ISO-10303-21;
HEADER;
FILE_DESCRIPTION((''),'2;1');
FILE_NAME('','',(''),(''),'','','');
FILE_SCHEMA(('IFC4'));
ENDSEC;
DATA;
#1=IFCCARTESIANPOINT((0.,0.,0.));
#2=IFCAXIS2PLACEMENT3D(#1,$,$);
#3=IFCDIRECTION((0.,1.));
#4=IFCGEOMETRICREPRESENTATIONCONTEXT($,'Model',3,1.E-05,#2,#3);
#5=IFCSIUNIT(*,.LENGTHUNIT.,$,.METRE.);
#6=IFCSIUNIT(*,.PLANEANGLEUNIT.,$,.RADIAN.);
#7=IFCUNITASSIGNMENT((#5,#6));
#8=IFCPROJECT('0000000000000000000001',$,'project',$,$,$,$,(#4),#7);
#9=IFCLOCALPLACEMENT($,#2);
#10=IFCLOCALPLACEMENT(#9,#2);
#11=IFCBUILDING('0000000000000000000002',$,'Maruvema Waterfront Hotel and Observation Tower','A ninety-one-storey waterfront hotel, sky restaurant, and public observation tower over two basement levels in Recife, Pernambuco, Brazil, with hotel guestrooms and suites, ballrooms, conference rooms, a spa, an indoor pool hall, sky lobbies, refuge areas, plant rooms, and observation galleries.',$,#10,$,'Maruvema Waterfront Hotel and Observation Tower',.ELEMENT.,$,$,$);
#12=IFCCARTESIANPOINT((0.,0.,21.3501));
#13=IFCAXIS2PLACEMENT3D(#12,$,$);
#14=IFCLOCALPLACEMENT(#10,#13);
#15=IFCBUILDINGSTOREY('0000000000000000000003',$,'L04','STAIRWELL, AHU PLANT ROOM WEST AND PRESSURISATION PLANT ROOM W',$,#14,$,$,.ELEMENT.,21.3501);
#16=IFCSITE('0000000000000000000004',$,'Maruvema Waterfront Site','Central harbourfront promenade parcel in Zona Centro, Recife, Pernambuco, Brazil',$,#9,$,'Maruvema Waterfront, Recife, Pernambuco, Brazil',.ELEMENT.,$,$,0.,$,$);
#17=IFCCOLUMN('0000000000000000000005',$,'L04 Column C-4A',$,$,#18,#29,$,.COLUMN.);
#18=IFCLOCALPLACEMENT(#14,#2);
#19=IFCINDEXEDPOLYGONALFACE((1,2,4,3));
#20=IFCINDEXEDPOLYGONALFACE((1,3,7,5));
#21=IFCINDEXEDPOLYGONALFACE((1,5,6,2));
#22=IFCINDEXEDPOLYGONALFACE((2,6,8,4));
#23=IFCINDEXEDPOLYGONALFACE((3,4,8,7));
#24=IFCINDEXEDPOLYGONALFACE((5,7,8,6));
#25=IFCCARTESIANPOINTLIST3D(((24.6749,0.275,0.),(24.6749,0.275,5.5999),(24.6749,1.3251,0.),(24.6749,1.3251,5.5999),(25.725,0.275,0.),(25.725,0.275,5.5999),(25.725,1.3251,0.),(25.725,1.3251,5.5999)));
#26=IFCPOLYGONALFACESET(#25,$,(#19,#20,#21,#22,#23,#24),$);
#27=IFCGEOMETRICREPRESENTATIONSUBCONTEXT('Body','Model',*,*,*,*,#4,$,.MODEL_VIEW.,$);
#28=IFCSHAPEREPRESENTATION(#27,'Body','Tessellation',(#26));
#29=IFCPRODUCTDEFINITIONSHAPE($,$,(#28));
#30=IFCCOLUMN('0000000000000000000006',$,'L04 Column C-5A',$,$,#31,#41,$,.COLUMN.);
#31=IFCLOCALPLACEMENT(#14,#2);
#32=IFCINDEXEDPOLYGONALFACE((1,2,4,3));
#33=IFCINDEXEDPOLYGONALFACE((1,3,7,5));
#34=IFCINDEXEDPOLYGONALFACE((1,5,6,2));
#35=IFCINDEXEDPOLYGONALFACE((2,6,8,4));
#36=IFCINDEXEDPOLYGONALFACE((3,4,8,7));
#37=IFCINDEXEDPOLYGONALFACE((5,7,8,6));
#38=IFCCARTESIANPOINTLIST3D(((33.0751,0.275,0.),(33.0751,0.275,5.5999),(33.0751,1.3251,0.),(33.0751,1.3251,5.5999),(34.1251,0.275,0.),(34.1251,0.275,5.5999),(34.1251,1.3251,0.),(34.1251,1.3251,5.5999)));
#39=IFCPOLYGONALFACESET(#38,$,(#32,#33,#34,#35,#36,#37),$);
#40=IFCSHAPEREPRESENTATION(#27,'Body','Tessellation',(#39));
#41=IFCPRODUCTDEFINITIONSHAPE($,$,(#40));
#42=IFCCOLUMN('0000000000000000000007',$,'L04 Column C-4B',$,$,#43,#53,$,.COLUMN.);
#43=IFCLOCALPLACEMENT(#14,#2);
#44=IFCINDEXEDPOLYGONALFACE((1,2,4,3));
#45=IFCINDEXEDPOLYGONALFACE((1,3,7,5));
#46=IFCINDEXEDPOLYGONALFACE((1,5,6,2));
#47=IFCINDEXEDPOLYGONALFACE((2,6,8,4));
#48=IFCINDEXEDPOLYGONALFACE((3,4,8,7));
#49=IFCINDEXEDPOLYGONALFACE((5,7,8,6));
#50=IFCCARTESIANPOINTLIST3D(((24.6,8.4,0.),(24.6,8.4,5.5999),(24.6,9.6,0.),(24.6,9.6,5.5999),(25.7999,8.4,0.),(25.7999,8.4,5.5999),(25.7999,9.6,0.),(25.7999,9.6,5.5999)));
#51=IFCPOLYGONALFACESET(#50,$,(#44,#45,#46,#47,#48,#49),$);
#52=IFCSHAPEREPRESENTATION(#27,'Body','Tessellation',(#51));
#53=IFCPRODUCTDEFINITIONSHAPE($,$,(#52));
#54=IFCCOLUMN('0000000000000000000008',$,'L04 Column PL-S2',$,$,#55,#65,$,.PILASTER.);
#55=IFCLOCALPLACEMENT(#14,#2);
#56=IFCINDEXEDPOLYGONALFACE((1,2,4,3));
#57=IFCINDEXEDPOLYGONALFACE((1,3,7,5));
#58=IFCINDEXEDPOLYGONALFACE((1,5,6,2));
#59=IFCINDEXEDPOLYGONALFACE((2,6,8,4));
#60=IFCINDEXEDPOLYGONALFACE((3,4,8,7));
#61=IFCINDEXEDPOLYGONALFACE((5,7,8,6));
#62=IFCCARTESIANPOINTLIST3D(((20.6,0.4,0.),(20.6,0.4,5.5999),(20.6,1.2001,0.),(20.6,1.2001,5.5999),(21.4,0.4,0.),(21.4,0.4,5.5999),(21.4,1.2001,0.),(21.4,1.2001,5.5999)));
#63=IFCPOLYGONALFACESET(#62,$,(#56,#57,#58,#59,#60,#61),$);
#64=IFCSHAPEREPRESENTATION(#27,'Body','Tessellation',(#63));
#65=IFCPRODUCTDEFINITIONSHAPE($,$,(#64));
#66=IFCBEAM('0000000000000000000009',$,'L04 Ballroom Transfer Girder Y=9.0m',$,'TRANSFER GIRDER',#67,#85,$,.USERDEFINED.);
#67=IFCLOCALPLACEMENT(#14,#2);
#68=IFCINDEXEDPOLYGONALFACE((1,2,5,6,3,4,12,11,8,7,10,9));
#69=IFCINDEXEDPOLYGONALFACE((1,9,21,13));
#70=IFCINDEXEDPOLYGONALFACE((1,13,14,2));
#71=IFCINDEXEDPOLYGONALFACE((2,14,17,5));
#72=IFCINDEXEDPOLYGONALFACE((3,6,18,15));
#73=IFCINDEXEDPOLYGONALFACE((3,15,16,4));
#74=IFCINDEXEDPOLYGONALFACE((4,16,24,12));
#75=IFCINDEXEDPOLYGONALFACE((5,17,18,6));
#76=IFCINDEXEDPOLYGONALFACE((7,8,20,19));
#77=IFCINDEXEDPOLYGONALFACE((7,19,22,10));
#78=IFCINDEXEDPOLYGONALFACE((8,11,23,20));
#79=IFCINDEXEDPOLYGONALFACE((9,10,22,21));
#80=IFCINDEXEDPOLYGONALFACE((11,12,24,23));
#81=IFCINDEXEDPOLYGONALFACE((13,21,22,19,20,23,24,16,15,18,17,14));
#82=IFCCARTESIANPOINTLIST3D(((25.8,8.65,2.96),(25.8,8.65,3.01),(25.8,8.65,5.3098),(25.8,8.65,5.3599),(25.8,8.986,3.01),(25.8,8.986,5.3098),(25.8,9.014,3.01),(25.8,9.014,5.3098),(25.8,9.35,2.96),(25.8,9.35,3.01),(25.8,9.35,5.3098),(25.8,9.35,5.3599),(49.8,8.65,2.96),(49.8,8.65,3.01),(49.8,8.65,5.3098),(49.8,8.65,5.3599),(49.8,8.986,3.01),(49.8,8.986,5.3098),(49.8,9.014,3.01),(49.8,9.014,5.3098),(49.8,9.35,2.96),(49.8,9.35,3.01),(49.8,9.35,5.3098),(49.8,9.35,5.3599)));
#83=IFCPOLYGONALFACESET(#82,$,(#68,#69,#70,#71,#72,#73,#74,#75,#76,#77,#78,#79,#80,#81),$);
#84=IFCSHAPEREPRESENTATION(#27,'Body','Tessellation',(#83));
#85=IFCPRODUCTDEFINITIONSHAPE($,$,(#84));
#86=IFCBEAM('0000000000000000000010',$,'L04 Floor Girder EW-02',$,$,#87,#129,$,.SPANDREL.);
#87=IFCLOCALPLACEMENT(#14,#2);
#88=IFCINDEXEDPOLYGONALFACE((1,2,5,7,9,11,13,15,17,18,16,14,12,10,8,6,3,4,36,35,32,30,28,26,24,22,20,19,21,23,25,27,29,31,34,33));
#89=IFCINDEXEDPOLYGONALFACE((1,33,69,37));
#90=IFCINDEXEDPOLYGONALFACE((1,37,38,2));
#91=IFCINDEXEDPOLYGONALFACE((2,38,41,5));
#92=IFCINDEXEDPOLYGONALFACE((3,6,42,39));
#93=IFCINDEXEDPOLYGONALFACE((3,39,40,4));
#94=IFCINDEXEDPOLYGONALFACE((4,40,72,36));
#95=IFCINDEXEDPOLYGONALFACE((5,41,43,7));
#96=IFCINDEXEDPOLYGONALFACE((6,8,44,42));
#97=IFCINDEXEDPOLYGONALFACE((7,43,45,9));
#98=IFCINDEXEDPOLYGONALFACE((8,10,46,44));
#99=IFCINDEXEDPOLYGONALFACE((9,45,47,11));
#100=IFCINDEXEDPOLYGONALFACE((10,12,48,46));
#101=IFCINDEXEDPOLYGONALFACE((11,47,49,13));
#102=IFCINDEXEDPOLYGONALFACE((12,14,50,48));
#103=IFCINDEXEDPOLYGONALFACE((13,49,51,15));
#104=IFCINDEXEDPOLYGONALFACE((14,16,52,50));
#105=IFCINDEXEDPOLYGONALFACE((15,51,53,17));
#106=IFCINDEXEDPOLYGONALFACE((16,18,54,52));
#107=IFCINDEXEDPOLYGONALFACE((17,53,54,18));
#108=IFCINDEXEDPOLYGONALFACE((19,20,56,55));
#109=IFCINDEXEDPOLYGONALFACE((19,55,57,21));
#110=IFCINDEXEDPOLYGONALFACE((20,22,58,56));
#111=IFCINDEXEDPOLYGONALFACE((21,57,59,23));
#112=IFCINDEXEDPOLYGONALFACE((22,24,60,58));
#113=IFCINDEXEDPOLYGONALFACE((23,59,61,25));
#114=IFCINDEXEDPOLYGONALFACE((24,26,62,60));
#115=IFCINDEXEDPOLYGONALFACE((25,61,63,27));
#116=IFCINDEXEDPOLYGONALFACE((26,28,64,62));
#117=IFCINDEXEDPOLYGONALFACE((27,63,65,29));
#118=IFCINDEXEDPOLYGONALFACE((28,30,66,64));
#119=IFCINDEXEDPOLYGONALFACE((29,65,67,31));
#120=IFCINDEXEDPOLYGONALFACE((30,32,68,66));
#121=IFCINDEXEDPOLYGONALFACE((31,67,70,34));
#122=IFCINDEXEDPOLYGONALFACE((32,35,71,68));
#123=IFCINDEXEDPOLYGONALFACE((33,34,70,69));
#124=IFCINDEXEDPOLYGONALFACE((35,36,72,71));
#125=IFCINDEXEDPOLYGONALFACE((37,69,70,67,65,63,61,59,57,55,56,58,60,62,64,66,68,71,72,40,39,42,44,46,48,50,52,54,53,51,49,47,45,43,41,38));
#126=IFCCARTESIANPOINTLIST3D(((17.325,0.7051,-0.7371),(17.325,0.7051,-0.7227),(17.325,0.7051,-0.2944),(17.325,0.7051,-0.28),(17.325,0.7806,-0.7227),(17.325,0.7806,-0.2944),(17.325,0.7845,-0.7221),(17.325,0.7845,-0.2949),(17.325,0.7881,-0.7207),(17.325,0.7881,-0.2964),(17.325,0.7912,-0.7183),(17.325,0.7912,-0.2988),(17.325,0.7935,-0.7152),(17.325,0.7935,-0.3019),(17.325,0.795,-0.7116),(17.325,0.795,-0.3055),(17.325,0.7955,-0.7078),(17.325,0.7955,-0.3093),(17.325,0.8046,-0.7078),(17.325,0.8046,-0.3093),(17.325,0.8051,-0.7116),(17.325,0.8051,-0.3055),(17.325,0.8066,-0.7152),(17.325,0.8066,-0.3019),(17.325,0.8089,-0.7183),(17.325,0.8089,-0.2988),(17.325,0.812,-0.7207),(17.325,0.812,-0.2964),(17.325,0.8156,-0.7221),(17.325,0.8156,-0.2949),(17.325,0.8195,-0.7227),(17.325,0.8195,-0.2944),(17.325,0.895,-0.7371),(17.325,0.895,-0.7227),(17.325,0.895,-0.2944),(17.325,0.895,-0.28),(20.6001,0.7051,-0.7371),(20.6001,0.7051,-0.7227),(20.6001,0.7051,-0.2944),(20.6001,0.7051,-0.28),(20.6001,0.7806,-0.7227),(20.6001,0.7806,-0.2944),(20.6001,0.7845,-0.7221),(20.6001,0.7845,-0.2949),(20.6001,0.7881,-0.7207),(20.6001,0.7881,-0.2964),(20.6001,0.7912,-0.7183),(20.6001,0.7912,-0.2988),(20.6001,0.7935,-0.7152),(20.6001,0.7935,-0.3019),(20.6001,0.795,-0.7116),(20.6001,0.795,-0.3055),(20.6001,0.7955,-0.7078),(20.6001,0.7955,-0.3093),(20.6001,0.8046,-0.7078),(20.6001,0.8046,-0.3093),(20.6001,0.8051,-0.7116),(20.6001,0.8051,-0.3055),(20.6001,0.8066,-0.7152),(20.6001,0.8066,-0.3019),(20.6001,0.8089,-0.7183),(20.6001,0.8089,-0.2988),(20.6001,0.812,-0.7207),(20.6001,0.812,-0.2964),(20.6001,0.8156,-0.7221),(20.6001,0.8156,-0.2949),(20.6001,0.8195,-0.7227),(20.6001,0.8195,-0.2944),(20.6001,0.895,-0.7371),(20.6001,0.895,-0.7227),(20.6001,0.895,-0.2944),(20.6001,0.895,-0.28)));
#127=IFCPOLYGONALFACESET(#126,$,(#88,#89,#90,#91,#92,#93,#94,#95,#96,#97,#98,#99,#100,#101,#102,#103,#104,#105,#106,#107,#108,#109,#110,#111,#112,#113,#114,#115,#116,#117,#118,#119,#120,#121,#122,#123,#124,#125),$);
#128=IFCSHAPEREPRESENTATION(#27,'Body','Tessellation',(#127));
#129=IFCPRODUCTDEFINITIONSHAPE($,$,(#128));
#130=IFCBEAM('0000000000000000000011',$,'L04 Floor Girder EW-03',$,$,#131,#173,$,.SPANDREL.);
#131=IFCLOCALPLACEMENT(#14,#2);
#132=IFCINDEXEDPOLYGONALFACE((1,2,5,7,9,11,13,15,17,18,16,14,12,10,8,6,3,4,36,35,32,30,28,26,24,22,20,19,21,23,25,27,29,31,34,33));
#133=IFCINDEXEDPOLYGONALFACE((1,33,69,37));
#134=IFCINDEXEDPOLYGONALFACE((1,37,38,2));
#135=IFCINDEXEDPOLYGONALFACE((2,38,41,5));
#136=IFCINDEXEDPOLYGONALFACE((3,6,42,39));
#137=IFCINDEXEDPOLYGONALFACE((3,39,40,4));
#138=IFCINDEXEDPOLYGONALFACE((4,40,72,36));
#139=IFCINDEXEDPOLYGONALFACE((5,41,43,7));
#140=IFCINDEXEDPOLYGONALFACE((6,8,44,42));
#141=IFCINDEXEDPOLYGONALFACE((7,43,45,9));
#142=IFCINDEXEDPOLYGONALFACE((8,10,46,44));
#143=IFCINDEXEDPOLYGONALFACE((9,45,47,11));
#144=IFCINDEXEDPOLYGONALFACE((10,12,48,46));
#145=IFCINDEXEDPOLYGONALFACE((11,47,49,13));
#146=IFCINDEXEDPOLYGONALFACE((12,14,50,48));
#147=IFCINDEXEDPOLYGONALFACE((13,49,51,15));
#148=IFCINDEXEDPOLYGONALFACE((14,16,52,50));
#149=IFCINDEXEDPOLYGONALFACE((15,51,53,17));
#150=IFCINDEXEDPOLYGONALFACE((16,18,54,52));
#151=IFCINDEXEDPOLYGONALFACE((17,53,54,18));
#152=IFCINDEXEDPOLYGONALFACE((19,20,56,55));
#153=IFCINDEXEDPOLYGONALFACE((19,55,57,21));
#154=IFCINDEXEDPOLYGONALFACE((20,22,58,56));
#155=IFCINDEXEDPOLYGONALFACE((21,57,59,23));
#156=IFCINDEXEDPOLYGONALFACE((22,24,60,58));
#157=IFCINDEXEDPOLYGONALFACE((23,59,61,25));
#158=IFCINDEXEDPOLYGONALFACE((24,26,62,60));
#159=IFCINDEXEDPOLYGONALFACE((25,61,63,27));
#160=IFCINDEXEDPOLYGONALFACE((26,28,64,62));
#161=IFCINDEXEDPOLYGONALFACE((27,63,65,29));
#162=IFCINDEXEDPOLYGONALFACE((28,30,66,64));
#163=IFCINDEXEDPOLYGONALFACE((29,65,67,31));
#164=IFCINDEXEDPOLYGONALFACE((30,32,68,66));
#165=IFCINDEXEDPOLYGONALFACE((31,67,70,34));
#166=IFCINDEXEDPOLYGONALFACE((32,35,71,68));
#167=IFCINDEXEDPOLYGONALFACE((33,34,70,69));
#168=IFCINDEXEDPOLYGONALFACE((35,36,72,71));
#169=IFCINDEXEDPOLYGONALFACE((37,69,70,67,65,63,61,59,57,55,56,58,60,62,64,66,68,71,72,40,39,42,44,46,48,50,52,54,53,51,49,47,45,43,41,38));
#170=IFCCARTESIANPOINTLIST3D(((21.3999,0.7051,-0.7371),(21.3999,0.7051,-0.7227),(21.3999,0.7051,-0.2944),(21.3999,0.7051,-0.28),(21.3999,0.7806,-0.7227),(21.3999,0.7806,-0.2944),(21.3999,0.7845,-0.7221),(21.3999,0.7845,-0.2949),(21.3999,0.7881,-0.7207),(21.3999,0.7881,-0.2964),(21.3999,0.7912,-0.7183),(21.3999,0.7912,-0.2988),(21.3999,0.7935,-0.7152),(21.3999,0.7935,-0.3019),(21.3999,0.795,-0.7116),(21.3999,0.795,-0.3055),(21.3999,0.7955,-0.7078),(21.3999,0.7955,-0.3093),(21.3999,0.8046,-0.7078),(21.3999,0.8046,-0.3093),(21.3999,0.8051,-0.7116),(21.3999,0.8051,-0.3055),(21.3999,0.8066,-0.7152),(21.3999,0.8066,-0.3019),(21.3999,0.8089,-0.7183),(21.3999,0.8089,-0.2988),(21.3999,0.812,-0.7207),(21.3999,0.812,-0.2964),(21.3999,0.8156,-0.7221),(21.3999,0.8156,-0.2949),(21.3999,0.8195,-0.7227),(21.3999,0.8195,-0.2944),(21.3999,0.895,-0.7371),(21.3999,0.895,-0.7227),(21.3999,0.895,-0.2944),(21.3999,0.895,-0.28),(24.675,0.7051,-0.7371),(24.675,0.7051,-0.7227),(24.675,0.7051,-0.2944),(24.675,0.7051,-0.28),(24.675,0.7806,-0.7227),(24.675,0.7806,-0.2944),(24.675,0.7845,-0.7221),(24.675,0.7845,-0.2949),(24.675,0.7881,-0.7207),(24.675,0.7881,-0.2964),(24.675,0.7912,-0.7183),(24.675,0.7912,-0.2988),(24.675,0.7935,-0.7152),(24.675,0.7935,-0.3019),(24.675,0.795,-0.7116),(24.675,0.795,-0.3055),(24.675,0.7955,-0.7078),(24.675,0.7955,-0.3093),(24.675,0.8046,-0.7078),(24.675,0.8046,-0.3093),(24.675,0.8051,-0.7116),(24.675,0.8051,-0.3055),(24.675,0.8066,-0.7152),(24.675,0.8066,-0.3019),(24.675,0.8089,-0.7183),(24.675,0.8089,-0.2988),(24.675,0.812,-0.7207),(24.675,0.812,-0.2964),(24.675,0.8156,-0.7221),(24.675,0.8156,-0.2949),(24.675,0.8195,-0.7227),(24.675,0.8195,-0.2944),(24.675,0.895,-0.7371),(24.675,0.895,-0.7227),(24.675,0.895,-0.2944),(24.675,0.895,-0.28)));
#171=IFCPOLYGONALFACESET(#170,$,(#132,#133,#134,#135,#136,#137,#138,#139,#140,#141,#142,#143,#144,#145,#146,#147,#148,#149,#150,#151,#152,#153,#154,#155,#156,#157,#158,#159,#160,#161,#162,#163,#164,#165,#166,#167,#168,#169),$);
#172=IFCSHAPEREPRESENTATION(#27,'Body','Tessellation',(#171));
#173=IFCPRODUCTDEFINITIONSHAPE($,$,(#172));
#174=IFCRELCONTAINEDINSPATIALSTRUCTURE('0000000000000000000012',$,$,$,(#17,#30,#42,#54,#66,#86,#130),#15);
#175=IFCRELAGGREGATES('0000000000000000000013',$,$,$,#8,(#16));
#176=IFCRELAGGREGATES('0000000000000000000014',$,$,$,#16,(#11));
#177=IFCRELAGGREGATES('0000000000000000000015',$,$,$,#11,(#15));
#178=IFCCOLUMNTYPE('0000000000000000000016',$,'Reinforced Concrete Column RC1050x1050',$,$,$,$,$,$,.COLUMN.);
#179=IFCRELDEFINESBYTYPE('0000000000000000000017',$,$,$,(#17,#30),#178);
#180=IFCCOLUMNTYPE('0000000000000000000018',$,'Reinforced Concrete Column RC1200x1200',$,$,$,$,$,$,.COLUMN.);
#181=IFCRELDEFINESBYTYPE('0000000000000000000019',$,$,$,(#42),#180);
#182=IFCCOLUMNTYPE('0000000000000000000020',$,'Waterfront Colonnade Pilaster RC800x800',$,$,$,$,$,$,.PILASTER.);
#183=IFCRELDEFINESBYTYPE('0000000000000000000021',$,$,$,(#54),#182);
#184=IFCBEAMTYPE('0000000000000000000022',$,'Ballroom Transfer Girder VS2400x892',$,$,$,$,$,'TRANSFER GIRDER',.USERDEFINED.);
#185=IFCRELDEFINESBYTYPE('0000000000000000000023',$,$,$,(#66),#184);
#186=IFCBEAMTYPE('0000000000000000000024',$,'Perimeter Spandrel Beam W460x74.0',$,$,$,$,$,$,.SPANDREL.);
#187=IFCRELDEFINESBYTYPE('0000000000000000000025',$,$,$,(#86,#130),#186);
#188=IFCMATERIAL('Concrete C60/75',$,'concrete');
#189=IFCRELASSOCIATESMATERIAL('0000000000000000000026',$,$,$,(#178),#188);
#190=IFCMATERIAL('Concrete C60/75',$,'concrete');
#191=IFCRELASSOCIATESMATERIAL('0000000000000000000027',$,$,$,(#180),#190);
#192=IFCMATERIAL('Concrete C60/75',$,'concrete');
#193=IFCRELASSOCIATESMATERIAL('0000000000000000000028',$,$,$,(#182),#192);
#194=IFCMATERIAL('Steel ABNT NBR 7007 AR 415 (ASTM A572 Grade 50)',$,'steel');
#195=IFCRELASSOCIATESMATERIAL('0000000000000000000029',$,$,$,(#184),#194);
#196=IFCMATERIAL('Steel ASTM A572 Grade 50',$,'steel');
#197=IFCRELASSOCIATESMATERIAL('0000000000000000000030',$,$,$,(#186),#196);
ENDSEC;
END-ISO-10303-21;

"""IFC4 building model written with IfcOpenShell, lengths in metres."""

from ifc_helpers import new_model, si_unit, direction, frame, origin, origin_2d, place, context, subcontext, project, spatial, rectangle, i_section, extrude, material, material_profile, profile_set, type_object, element, save


model = new_model("IFC4")

# Units and contexts
model_context = context("Model", 3, precision=1e-05, world=origin(), true_north=direction((0.0, 1.0)))
body_context = subcontext(model_context, "Body", "Model", "MODEL_VIEW")
ifc_project = project(units=[si_unit("LENGTHUNIT", "METRE"), si_unit("PLANEANGLEUNIT", "RADIAN")], contexts=[model_context])

# Site, building, storey
site_placement = place(None, origin())
site = spatial("IfcSite", under=ifc_project, at=site_placement, Name="Maruvema Waterfront Site", Description="Central harbourfront promenade parcel in Zona Centro, Recife, Pernambuco, Brazil", LongName="Maruvema Waterfront, Recife, Pernambuco, Brazil", CompositionType="ELEMENT", RefElevation=0.0)
building_placement = place(site_placement, origin())
building = spatial("IfcBuilding", under=site, at=building_placement, Name="Maruvema Waterfront Hotel and Observation Tower", Description="A ninety-one-storey waterfront hotel, sky restaurant, and public observation tower over two basement levels in Recife, Pernambuco, Brazil, with hotel guestrooms and suites, ballrooms, conference rooms, a spa, an indoor pool hall, sky lobbies, refuge areas, plant rooms, and observation galleries.", LongName="Maruvema Waterfront Hotel and Observation Tower", CompositionType="ELEMENT")
storey_placement = place(building_placement, frame((0.0, 0.0, 21.3501)))
storey = spatial("IfcBuildingStorey", under=building, at=storey_placement, Name="L04", Description="STAIRWELL, AHU PLANT ROOM WEST AND PRESSURISATION PLANT ROOM W", CompositionType="ELEMENT", Elevation=21.3501)

# Columns
ifc_material_1 = material(Name="Concrete C60/75", Category="concrete")
ifc_material_profile_1 = material_profile(ifc_material_1, rectangle(XDim=1.05, YDim=1.05, at=origin_2d()), Name="RC1050x1050")
ifc_profile_set_1 = profile_set([ifc_material_profile_1], Name="Concrete C60/75")
column_type_1 = type_object("IfcColumnType", Name="Reinforced Concrete Column RC1050x1050", PredefinedType="COLUMN", material=ifc_profile_set_1)
for number, where, z_axis, x_axis, name in (
    (1, (25.2, 0.8, 0.0), (0.0, 0.0, 1.0), (1.0, 0.0, 0.0), "L04 Column C-4A"),
    (2, (33.6001, 0.8, 0.0), (0.0, 0.0, 1.0), (1.0, 0.0, 0.0), "L04 Column C-5A"),
):
    element("IfcColumn", number, at=place(storey_placement, frame(where, z_axis=z_axis, x_axis=x_axis)), inside=storey, type_object=column_type_1, Name=name, PredefinedType="COLUMN", context=body_context, shape_type="SweptSolid", body=[
        extrude(rectangle(XDim=1.05, YDim=1.05, at=origin_2d()), origin(), (0.0, 0.0, 1.0), 5.5999),
    ])
ifc_material_2 = material(Name="Concrete C60/75", Category="concrete")
ifc_material_profile_2 = material_profile(ifc_material_2, rectangle(XDim=1.2, YDim=1.2, at=origin_2d()), Name="RC1200x1200")
ifc_profile_set_2 = profile_set([ifc_material_profile_2], Name="Concrete C60/75")
column_type_2 = type_object("IfcColumnType", Name="Reinforced Concrete Column RC1200x1200", PredefinedType="COLUMN", material=ifc_profile_set_2)
column_1_placement = place(storey_placement, frame((25.2, 9.0, 0.0), z_axis=(0.0, 0.0, 1.0), x_axis=(1.0, 0.0, 0.0)))
element("IfcColumn", 3, at=column_1_placement, inside=storey, type_object=column_type_2, Name="L04 Column C-4B", PredefinedType="COLUMN", context=body_context, shape_type="SweptSolid", body=[
    extrude(rectangle(XDim=1.2, YDim=1.2, at=origin_2d()), origin(), (0.0, 0.0, 1.0), 5.5999),
])
ifc_material_3 = material(Name="Concrete C60/75", Category="concrete")
ifc_material_profile_3 = material_profile(ifc_material_3, rectangle(XDim=0.8, YDim=0.8, at=origin_2d()), Name="RC800x800")
ifc_profile_set_3 = profile_set([ifc_material_profile_3], Name="Concrete C60/75")
column_type_3 = type_object("IfcColumnType", Name="Waterfront Colonnade Pilaster RC800x800", PredefinedType="PILASTER", material=ifc_profile_set_3)
column_2_placement = place(storey_placement, frame((21.0, 0.8, 0.0), z_axis=(0.0, 0.0, 1.0), x_axis=(1.0, 0.0, 0.0)))
element("IfcColumn", 4, at=column_2_placement, inside=storey, type_object=column_type_3, Name="L04 Column PL-S2", PredefinedType="PILASTER", context=body_context, shape_type="SweptSolid", body=[
    extrude(rectangle(XDim=0.8, YDim=0.8, at=origin_2d()), origin(), (0.0, 0.0, 1.0), 5.5999),
])

# Beams
ifc_material_4 = material(Name="Steel ABNT NBR 7007 AR 415 (ASTM A572 Grade 50)", Category="steel")
ifc_material_profile_4 = material_profile(ifc_material_4, i_section(OverallWidth=0.7, OverallDepth=2.3999, WebThickness=0.0281, FlangeThickness=0.05, at=origin_2d()), Name="VS2400x892")
ifc_profile_set_4 = profile_set([ifc_material_profile_4], Name="Steel ABNT NBR 7007 AR 415 (ASTM A572 Grade 50)")
beam_type_1 = type_object("IfcBeamType", Name="Ballroom Transfer Girder VS2400x892", ElementType="TRANSFER GIRDER", PredefinedType="USERDEFINED", material=ifc_profile_set_4)
beam_1_placement = place(storey_placement, frame((25.8, 9.0, 4.1599), z_axis=(1.0, 0.0, 0.0), x_axis=(0.0, 1.0, 0.0)))
element("IfcBeam", 5, at=beam_1_placement, inside=storey, type_object=beam_type_1, Name="L04 Ballroom Transfer Girder Y=9.0m", ObjectType="TRANSFER GIRDER", PredefinedType="USERDEFINED", context=body_context, shape_type="SweptSolid", body=[
    extrude(i_section(OverallWidth=0.7, OverallDepth=2.3999, WebThickness=0.0281, FlangeThickness=0.05, at=origin_2d()), origin(), (0.0, 0.0, 1.0), 24.0),
])
ifc_material_5 = material(Name="Steel ASTM A572 Grade 50", Category="steel")
ifc_material_profile_5 = material_profile(ifc_material_5, i_section(OverallWidth=0.1899, OverallDepth=0.457, WebThickness=0.009, FlangeThickness=0.0144, FilletRadius=0.0149, at=origin_2d()), Name="W460x74.0")
ifc_profile_set_5 = profile_set([ifc_material_profile_5], Name="Steel ASTM A572 Grade 50")
beam_type_2 = type_object("IfcBeamType", Name="Perimeter Spandrel Beam W460x74.0", PredefinedType="SPANDREL", material=ifc_profile_set_5)
for number, where, z_axis, x_axis, name in (
    (6, (17.325, 0.8, -0.5085), (1.0, 0.0, 0.0), (0.0, 1.0, 0.0), "L04 Floor Girder EW-02"),
    (7, (21.3999, 0.8, -0.5085), (1.0, 0.0, 0.0), (0.0, 1.0, 0.0), "L04 Floor Girder EW-03"),
):
    element("IfcBeam", number, at=place(storey_placement, frame(where, z_axis=z_axis, x_axis=x_axis)), inside=storey, type_object=beam_type_2, Name=name, PredefinedType="SPANDREL", context=body_context, shape_type="SweptSolid", body=[
        extrude(i_section(OverallWidth=0.1899, OverallDepth=0.457, WebThickness=0.009, FlangeThickness=0.0144, FilletRadius=0.0149, at=origin_2d()), origin(), (0.0, 0.0, 1.0), 3.2751),
    ])

save(model, "model.ifc")
